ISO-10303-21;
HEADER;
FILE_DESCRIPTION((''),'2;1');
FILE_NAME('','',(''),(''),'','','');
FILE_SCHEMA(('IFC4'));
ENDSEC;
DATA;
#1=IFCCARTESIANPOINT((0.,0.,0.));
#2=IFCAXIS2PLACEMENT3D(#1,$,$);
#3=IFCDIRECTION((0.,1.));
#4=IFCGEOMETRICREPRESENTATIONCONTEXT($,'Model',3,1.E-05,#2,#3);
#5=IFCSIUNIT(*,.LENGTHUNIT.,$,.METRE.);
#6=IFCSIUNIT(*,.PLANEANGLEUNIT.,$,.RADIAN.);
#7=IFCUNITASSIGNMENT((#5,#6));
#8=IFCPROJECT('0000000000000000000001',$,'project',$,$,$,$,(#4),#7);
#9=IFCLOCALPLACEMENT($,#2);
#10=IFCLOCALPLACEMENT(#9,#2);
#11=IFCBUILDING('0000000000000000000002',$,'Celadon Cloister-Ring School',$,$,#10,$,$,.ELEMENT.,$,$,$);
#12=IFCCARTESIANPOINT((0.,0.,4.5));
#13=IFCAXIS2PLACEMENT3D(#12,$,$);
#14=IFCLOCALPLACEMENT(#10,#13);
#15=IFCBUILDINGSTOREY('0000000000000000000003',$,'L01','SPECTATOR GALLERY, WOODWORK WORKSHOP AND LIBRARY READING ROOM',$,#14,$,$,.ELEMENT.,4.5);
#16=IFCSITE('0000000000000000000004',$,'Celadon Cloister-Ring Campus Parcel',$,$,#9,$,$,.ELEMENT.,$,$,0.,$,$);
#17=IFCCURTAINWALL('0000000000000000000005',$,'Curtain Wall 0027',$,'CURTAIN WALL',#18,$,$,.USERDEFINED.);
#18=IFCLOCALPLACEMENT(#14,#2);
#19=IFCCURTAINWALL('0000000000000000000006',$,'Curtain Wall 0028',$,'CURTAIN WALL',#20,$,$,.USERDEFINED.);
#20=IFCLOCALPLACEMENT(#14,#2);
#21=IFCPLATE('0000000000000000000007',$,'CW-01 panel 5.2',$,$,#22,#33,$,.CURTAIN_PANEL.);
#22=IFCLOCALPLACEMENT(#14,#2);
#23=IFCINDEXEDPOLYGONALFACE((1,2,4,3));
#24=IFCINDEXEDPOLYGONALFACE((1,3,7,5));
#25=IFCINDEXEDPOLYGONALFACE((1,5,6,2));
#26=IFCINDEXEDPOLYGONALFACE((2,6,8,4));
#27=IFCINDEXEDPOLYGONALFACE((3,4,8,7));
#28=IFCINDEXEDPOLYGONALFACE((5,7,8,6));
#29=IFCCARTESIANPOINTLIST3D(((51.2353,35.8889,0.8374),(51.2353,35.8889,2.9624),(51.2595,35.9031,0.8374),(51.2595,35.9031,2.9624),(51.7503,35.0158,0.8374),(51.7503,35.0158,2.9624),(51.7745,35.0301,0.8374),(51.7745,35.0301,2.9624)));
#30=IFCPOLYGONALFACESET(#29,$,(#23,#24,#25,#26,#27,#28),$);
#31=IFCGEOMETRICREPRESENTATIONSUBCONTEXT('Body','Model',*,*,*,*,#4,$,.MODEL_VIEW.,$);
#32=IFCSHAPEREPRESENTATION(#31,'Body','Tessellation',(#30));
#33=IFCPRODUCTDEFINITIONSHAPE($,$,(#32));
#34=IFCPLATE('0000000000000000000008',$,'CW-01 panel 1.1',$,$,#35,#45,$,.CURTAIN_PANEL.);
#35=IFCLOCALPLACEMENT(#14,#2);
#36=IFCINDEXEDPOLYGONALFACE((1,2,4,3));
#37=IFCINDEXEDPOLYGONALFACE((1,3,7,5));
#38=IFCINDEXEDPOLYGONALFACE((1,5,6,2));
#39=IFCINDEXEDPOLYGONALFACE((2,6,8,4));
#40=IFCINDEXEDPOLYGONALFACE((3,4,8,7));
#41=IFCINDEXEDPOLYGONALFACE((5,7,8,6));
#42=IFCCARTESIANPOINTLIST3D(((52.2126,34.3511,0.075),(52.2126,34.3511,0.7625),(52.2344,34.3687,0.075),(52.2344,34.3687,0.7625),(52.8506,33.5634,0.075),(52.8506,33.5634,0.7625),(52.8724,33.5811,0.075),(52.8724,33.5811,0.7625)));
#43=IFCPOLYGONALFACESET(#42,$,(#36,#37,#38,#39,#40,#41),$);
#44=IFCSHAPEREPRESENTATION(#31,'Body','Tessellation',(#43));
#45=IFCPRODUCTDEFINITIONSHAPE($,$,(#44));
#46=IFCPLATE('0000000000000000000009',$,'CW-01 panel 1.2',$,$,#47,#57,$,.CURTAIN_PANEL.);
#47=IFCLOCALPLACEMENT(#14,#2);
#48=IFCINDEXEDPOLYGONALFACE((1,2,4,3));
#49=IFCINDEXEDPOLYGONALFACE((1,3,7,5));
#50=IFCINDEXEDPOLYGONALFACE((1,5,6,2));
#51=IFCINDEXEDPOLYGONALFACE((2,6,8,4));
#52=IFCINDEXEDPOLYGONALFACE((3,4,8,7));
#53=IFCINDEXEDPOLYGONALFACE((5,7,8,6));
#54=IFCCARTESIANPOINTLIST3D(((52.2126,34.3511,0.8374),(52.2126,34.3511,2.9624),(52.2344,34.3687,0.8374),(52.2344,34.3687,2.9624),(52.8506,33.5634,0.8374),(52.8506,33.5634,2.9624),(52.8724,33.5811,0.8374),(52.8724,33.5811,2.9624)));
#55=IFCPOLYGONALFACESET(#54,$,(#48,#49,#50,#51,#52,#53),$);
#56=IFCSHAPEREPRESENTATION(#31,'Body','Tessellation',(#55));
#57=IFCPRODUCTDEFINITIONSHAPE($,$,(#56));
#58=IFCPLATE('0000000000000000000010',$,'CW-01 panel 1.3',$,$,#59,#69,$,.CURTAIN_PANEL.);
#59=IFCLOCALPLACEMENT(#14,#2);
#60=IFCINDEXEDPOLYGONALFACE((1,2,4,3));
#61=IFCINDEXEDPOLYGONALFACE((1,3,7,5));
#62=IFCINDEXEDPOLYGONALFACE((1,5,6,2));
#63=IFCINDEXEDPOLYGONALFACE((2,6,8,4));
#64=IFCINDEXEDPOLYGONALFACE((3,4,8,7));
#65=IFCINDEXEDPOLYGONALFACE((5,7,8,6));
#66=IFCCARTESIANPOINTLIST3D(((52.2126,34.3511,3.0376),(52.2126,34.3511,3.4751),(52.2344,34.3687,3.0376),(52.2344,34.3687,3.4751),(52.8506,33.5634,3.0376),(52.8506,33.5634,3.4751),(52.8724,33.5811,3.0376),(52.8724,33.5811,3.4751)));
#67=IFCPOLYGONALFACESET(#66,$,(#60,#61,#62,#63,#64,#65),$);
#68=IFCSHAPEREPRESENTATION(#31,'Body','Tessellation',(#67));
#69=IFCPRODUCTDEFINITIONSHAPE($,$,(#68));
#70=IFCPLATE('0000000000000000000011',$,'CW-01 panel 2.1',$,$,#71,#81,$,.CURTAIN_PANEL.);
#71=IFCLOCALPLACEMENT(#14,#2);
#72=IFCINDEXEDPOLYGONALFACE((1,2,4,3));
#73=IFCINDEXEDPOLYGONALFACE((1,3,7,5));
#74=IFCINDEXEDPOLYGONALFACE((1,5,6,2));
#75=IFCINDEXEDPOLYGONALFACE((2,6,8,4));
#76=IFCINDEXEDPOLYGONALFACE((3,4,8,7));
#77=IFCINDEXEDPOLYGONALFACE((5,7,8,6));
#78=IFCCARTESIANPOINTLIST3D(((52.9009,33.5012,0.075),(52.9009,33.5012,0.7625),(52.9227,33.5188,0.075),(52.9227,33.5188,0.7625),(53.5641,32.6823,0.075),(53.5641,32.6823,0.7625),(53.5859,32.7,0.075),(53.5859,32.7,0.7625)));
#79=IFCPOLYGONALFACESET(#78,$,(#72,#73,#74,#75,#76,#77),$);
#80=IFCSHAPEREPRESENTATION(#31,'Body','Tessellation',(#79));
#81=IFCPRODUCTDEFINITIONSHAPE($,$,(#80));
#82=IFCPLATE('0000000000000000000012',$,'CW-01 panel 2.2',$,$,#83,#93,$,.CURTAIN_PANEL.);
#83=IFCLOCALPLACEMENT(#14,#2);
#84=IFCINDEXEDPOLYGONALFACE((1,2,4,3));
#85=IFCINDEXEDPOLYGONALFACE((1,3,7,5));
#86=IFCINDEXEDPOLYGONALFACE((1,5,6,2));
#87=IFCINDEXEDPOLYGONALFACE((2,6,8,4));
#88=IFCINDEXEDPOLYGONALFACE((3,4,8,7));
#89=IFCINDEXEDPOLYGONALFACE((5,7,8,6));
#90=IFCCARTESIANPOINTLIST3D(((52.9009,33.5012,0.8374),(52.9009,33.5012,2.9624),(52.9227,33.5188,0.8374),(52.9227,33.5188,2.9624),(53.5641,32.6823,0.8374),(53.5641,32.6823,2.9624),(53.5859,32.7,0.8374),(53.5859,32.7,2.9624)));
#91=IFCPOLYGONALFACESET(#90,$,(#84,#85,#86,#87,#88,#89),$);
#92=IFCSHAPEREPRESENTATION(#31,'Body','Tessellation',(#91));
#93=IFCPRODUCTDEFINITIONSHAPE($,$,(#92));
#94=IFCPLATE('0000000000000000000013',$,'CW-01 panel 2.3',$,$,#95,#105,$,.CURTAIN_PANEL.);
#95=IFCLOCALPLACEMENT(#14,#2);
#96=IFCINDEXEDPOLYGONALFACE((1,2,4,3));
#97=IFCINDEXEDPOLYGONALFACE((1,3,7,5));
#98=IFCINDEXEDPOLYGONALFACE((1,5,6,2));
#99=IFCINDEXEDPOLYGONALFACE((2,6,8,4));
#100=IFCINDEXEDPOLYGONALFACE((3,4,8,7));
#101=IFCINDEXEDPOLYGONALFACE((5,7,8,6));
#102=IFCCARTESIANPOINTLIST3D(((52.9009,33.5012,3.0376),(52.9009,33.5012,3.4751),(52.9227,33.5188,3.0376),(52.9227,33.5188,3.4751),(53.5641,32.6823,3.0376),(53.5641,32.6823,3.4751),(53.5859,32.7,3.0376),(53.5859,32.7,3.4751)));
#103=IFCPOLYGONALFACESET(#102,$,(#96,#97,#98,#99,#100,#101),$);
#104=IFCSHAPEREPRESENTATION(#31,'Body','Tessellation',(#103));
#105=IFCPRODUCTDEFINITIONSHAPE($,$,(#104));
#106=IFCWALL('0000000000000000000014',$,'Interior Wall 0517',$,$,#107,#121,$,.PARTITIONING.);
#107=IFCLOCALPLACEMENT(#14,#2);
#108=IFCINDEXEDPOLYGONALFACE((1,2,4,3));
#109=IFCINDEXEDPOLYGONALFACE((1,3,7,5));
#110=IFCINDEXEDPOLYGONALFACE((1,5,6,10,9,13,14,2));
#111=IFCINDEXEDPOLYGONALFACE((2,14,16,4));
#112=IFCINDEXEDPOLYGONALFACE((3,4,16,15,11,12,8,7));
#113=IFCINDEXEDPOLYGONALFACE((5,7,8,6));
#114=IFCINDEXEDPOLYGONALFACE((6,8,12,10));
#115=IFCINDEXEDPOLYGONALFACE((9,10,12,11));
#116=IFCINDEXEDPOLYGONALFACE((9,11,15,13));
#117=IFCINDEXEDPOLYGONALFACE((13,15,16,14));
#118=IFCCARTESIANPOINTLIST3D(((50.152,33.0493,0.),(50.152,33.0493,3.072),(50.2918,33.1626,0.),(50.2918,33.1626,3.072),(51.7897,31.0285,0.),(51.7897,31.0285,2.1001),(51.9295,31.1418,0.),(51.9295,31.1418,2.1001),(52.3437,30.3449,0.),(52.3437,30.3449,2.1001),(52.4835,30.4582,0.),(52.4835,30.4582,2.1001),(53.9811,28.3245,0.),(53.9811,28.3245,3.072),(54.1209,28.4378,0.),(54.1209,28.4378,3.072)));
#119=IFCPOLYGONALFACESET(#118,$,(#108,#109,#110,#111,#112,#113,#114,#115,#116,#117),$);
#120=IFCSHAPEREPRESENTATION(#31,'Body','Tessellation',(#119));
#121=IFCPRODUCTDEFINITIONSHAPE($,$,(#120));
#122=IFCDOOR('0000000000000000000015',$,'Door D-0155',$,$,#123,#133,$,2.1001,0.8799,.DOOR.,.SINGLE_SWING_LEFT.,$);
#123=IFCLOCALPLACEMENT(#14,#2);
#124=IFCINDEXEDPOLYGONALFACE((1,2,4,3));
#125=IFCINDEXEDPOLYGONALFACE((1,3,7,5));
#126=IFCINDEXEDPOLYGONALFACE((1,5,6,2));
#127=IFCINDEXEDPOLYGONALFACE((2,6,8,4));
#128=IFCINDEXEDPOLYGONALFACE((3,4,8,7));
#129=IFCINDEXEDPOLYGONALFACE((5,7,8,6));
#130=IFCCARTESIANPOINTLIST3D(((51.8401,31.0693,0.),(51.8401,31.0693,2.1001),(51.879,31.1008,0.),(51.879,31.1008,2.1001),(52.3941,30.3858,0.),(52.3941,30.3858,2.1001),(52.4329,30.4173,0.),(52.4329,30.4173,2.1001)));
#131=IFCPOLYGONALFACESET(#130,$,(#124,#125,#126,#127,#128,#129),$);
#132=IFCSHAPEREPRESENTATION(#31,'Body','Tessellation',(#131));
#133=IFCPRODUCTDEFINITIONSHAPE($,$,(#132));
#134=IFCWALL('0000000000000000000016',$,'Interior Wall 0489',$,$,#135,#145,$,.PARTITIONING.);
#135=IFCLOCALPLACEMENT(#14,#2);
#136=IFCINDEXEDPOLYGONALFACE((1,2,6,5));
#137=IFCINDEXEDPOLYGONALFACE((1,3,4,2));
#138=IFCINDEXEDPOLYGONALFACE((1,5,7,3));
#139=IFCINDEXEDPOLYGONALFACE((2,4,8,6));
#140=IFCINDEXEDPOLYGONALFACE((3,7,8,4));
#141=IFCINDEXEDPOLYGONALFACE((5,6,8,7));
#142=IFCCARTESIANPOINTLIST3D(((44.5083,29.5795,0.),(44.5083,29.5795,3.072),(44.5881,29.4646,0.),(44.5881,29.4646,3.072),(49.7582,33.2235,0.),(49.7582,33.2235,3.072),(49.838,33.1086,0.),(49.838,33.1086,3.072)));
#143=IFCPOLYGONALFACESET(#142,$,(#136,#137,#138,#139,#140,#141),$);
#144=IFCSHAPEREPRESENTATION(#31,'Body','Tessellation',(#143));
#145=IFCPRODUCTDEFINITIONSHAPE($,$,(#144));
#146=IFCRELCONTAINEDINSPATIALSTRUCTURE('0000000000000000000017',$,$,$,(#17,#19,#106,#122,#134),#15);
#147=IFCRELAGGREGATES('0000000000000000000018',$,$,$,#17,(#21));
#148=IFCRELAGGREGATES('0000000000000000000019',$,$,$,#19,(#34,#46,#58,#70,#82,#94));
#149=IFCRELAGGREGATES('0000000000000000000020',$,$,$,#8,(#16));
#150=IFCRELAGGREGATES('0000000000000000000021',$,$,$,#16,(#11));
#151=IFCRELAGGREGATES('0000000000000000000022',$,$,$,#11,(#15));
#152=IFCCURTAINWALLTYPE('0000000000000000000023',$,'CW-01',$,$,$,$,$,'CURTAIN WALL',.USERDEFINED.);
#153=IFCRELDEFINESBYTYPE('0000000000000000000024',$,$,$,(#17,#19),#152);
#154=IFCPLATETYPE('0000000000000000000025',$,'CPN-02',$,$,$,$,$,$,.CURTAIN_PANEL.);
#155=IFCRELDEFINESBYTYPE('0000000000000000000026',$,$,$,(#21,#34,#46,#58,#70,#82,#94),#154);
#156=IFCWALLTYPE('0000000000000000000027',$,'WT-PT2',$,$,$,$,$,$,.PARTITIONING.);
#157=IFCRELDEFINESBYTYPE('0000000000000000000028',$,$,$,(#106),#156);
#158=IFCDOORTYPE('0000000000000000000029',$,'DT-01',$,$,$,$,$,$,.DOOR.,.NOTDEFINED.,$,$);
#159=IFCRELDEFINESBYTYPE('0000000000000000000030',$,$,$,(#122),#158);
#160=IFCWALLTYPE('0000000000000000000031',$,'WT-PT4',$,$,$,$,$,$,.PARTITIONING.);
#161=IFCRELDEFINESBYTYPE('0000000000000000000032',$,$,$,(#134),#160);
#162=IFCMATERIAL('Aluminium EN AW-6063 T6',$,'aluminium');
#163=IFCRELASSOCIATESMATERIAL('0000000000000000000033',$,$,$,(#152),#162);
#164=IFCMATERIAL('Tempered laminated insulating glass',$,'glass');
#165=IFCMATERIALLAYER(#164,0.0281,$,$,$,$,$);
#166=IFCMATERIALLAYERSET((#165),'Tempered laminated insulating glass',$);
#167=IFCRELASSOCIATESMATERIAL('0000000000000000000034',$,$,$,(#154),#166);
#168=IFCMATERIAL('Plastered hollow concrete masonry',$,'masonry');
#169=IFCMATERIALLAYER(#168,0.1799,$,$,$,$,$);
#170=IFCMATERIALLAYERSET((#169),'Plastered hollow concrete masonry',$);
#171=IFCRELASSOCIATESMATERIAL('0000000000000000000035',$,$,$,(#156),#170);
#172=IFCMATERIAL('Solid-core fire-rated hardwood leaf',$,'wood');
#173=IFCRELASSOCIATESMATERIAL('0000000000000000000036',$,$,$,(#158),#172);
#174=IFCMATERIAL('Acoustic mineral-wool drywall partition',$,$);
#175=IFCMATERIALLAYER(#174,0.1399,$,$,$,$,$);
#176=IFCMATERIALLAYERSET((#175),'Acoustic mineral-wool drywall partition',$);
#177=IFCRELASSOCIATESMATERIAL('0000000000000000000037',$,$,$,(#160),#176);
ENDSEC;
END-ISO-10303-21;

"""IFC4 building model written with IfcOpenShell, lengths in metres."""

from ifc_helpers import new_model, si_unit, direction, frame, frame_2d, origin, origin_2d, place, context, subcontext, project, spatial, rectangle, extrude, material, layer, layer_set, type_object, element, fill, aggregate, save


model = new_model("IFC4")

# Units and contexts
model_context = context("Model", 3, precision=1e-05, world=origin(), true_north=direction((0.0, 1.0)))
body_context = subcontext(model_context, "Body", "Model", "MODEL_VIEW")
ifc_project = project(units=[si_unit("LENGTHUNIT", "METRE"), si_unit("PLANEANGLEUNIT", "RADIAN")], contexts=[model_context])

# Site, building, storey
site_placement = place(None, origin())
site = spatial("IfcSite", under=ifc_project, at=site_placement, Name="Celadon Cloister-Ring Campus Parcel", CompositionType="ELEMENT", RefElevation=0.0)
building_placement = place(site_placement, origin())
building = spatial("IfcBuilding", under=site, at=building_placement, Name="Celadon Cloister-Ring School", CompositionType="ELEMENT")
storey_placement = place(building_placement, frame((0.0, 0.0, 4.5)))
storey = spatial("IfcBuildingStorey", under=building, at=storey_placement, Name="L01", Description="SPECTATOR GALLERY, WOODWORK WORKSHOP AND LIBRARY READING ROOM", CompositionType="ELEMENT", Elevation=4.5)

# Curtain wall
ifc_material_1 = material(Name="Aluminium EN AW-6063 T6", Category="aluminium")
curtain_wall_type = type_object("IfcCurtainWallType", Name="CW-01", ElementType="CURTAIN WALL", PredefinedType="USERDEFINED", material=ifc_material_1)
curtain_wall_1_placement = place(storey_placement, origin())
curtain_wall_1 = element("IfcCurtainWall", 1, at=curtain_wall_1_placement, inside=storey, type_object=curtain_wall_type, Name="Curtain Wall 0027", ObjectType="CURTAIN WALL", PredefinedType="USERDEFINED")

# Curtain wall
curtain_wall_2_placement = place(storey_placement, origin())
curtain_wall_2 = element("IfcCurtainWall", 2, at=curtain_wall_2_placement, inside=storey, type_object=curtain_wall_type, Name="Curtain Wall 0028", ObjectType="CURTAIN WALL", PredefinedType="USERDEFINED")

# Plates
ifc_material_2 = material(Name="Tempered laminated insulating glass", Category="glass")
ifc_layer_1 = layer(ifc_material_2, 0.0281)
ifc_layer_set_1 = layer_set([ifc_layer_1], Name="Tempered laminated insulating glass")
plate_type = type_object("IfcPlateType", Name="CPN-02", PredefinedType="CURTAIN_PANEL", material=ifc_layer_set_1)
plate_1_placement = place(storey_placement, frame((51.5049, 35.4595, 0.8374), z_axis=(0.0, 0.0, 1.0), x_axis=(0.508099, -0.861299, 0.0)))
plate_1 = element("IfcPlate", 3, at=plate_1_placement, type_object=plate_type, Name="CW-01 panel 5.2", PredefinedType="CURTAIN_PANEL", context=body_context, shape_type="SweptSolid", body=[
    extrude(rectangle(XDim=1.0137, YDim=0.0281, at=origin_2d()), origin(), (0.0, 0.0, 1.0), 2.125),
])
aggregate(curtain_wall_1, [plate_1])
plate_2_placement = place(storey_placement, frame((52.5425, 33.9661, 0.075), z_axis=(0.0, 0.0, 1.0), x_axis=(0.629416, -0.777068, 0.0)))
plate_2 = element("IfcPlate", 4, at=plate_2_placement, type_object=plate_type, Name="CW-01 panel 1.1", PredefinedType="CURTAIN_PANEL", context=body_context, shape_type="SweptSolid", body=[
    extrude(rectangle(XDim=1.0137, YDim=0.0281, at=origin_2d()), origin(), (0.0, 0.0, 1.0), 0.6875),
])
plate_3_placement = place(storey_placement, frame((52.5425, 33.9661, 0.8374), z_axis=(0.0, 0.0, 1.0), x_axis=(0.629416, -0.777068, 0.0)))
plate_3 = element("IfcPlate", 5, at=plate_3_placement, type_object=plate_type, Name="CW-01 panel 1.2", PredefinedType="CURTAIN_PANEL", context=body_context, shape_type="SweptSolid", body=[
    extrude(rectangle(XDim=1.0137, YDim=0.0281, at=origin_2d()), origin(), (0.0, 0.0, 1.0), 2.125),
])
plate_4_placement = place(storey_placement, frame((52.5425, 33.9661, 3.0376), z_axis=(0.0, 0.0, 1.0), x_axis=(0.629416, -0.777068, 0.0)))
plate_4 = element("IfcPlate", 6, at=plate_4_placement, type_object=plate_type, Name="CW-01 panel 1.3", PredefinedType="CURTAIN_PANEL", context=body_context, shape_type="SweptSolid", body=[
    extrude(rectangle(XDim=1.0137, YDim=0.0281, at=origin_2d()), origin(), (0.0, 0.0, 1.0), 0.4375),
])
plate_5_placement = place(storey_placement, frame((53.2434, 33.1006, 0.075), z_axis=(0.0, 0.0, 1.0), x_axis=(0.629416, -0.777068, 0.0)))
plate_5 = element("IfcPlate", 7, at=plate_5_placement, type_object=plate_type, Name="CW-01 panel 2.1", PredefinedType="CURTAIN_PANEL", context=body_context, shape_type="SweptSolid", body=[
    extrude(rectangle(XDim=1.0537, YDim=0.0281, at=origin_2d()), origin(), (0.0, 0.0, 1.0), 0.6875),
])
plate_6_placement = place(storey_placement, frame((53.2434, 33.1006, 0.8374), z_axis=(0.0, 0.0, 1.0), x_axis=(0.629416, -0.777068, 0.0)))
plate_6 = element("IfcPlate", 8, at=plate_6_placement, type_object=plate_type, Name="CW-01 panel 2.2", PredefinedType="CURTAIN_PANEL", context=body_context, shape_type="SweptSolid", body=[
    extrude(rectangle(XDim=1.0537, YDim=0.0281, at=origin_2d()), origin(), (0.0, 0.0, 1.0), 2.125),
])
plate_7_placement = place(storey_placement, frame((53.2434, 33.1006, 3.0376), z_axis=(0.0, 0.0, 1.0), x_axis=(0.629416, -0.777068, 0.0)))
plate_7 = element("IfcPlate", 9, at=plate_7_placement, type_object=plate_type, Name="CW-01 panel 2.3", PredefinedType="CURTAIN_PANEL", context=body_context, shape_type="SweptSolid", body=[
    extrude(rectangle(XDim=1.0537, YDim=0.0281, at=origin_2d()), origin(), (0.0, 0.0, 1.0), 0.4375),
])
aggregate(curtain_wall_2, [plate_2, plate_3, plate_4, plate_5, plate_6, plate_7])

# Wall, opening, door
ifc_material_3 = material(Name="Plastered hollow concrete masonry", Category="masonry")
ifc_layer_2 = layer(ifc_material_3, 0.1799)
ifc_layer_set_2 = layer_set([ifc_layer_2], Name="Plastered hollow concrete masonry")
wall_type_1 = type_object("IfcWallType", Name="WT-PT2", PredefinedType="PARTITIONING", material=ifc_layer_set_2)
wall_1_placement = place(storey_placement, frame((50.2219, 33.106, 0.0), z_axis=(0.0, 0.0, 1.0), x_axis=(0.629617, -0.776905, 0.0)))
wall_1 = element("IfcWall", 10, at=wall_1_placement, inside=storey, type_object=wall_type_1, Name="Interior Wall 0517", PredefinedType="PARTITIONING", context=body_context, shape_type="SweptSolid", body=[
    extrude(rectangle(XDim=6.0815, YDim=0.1799, at=frame_2d((3.0408, 0.0))), origin(), (0.0, 0.0, 1.0), 3.072),
])
opening_placement = place(wall_1_placement, frame((2.6011, 0.0, 0.0)))
opening = element("IfcOpeningElement", 11, at=opening_placement, cuts=wall_1, PredefinedType="OPENING", context=body_context, shape_type="SweptSolid", body=[
    extrude(rectangle(XDim=0.8799, YDim=2.1001, at=frame_2d((0.4399, 1.05))), frame((0.0, 0.1001, 0.0), z_axis=(0.0, -1.0, 0.0), x_axis=(1.0, 0.0, 0.0)), (0.0, 0.0, 1.0), 0.2),
])
ifc_material_4 = material(Name="Solid-core fire-rated hardwood leaf", Category="wood")
door_type = type_object("IfcDoorType", Name="DT-01", OperationType="NOTDEFINED", PredefinedType="DOOR", material=ifc_material_4)
door_placement = place(opening_placement, origin())
door = element("IfcDoor", 12, at=door_placement, inside=storey, type_object=door_type, Name="Door D-0155", OperationType="SINGLE_SWING_LEFT", OverallHeight=2.1001, OverallWidth=0.8799, PredefinedType="DOOR", context=body_context, shape_type="SweptSolid", body=[
    extrude(rectangle(XDim=0.8799, YDim=2.1001, at=frame_2d((0.4399, 1.05))), frame((0.0, 0.0249, 0.0), z_axis=(0.0, -1.0, 0.0), x_axis=(1.0, 0.0, 0.0)), (0.0, 0.0, 1.0), 0.05),
])
fill(opening, door)

# Wall
ifc_material_5 = material(Name="Acoustic mineral-wool drywall partition")
ifc_layer_3 = layer(ifc_material_5, 0.1399)
ifc_layer_set_3 = layer_set([ifc_layer_3], Name="Acoustic mineral-wool drywall partition")
wall_type_2 = type_object("IfcWallType", Name="WT-PT4", PredefinedType="PARTITIONING", material=ifc_layer_set_3)
wall_2_placement = place(storey_placement, frame((49.7981, 33.166, 0.0), z_axis=(0.0, 0.0, 1.0), x_axis=(-0.821501, -0.570207, 0.0)))
element("IfcWall", 13, at=wall_2_placement, inside=storey, type_object=wall_type_2, Name="Interior Wall 0489", PredefinedType="PARTITIONING", context=body_context, shape_type="SweptSolid", body=[
    extrude(rectangle(XDim=6.3906, YDim=0.1399, at=frame_2d((3.1953, 0.0))), origin(), (0.0, 0.0, 1.0), 3.072),
])

save(model, "model.ifc")
